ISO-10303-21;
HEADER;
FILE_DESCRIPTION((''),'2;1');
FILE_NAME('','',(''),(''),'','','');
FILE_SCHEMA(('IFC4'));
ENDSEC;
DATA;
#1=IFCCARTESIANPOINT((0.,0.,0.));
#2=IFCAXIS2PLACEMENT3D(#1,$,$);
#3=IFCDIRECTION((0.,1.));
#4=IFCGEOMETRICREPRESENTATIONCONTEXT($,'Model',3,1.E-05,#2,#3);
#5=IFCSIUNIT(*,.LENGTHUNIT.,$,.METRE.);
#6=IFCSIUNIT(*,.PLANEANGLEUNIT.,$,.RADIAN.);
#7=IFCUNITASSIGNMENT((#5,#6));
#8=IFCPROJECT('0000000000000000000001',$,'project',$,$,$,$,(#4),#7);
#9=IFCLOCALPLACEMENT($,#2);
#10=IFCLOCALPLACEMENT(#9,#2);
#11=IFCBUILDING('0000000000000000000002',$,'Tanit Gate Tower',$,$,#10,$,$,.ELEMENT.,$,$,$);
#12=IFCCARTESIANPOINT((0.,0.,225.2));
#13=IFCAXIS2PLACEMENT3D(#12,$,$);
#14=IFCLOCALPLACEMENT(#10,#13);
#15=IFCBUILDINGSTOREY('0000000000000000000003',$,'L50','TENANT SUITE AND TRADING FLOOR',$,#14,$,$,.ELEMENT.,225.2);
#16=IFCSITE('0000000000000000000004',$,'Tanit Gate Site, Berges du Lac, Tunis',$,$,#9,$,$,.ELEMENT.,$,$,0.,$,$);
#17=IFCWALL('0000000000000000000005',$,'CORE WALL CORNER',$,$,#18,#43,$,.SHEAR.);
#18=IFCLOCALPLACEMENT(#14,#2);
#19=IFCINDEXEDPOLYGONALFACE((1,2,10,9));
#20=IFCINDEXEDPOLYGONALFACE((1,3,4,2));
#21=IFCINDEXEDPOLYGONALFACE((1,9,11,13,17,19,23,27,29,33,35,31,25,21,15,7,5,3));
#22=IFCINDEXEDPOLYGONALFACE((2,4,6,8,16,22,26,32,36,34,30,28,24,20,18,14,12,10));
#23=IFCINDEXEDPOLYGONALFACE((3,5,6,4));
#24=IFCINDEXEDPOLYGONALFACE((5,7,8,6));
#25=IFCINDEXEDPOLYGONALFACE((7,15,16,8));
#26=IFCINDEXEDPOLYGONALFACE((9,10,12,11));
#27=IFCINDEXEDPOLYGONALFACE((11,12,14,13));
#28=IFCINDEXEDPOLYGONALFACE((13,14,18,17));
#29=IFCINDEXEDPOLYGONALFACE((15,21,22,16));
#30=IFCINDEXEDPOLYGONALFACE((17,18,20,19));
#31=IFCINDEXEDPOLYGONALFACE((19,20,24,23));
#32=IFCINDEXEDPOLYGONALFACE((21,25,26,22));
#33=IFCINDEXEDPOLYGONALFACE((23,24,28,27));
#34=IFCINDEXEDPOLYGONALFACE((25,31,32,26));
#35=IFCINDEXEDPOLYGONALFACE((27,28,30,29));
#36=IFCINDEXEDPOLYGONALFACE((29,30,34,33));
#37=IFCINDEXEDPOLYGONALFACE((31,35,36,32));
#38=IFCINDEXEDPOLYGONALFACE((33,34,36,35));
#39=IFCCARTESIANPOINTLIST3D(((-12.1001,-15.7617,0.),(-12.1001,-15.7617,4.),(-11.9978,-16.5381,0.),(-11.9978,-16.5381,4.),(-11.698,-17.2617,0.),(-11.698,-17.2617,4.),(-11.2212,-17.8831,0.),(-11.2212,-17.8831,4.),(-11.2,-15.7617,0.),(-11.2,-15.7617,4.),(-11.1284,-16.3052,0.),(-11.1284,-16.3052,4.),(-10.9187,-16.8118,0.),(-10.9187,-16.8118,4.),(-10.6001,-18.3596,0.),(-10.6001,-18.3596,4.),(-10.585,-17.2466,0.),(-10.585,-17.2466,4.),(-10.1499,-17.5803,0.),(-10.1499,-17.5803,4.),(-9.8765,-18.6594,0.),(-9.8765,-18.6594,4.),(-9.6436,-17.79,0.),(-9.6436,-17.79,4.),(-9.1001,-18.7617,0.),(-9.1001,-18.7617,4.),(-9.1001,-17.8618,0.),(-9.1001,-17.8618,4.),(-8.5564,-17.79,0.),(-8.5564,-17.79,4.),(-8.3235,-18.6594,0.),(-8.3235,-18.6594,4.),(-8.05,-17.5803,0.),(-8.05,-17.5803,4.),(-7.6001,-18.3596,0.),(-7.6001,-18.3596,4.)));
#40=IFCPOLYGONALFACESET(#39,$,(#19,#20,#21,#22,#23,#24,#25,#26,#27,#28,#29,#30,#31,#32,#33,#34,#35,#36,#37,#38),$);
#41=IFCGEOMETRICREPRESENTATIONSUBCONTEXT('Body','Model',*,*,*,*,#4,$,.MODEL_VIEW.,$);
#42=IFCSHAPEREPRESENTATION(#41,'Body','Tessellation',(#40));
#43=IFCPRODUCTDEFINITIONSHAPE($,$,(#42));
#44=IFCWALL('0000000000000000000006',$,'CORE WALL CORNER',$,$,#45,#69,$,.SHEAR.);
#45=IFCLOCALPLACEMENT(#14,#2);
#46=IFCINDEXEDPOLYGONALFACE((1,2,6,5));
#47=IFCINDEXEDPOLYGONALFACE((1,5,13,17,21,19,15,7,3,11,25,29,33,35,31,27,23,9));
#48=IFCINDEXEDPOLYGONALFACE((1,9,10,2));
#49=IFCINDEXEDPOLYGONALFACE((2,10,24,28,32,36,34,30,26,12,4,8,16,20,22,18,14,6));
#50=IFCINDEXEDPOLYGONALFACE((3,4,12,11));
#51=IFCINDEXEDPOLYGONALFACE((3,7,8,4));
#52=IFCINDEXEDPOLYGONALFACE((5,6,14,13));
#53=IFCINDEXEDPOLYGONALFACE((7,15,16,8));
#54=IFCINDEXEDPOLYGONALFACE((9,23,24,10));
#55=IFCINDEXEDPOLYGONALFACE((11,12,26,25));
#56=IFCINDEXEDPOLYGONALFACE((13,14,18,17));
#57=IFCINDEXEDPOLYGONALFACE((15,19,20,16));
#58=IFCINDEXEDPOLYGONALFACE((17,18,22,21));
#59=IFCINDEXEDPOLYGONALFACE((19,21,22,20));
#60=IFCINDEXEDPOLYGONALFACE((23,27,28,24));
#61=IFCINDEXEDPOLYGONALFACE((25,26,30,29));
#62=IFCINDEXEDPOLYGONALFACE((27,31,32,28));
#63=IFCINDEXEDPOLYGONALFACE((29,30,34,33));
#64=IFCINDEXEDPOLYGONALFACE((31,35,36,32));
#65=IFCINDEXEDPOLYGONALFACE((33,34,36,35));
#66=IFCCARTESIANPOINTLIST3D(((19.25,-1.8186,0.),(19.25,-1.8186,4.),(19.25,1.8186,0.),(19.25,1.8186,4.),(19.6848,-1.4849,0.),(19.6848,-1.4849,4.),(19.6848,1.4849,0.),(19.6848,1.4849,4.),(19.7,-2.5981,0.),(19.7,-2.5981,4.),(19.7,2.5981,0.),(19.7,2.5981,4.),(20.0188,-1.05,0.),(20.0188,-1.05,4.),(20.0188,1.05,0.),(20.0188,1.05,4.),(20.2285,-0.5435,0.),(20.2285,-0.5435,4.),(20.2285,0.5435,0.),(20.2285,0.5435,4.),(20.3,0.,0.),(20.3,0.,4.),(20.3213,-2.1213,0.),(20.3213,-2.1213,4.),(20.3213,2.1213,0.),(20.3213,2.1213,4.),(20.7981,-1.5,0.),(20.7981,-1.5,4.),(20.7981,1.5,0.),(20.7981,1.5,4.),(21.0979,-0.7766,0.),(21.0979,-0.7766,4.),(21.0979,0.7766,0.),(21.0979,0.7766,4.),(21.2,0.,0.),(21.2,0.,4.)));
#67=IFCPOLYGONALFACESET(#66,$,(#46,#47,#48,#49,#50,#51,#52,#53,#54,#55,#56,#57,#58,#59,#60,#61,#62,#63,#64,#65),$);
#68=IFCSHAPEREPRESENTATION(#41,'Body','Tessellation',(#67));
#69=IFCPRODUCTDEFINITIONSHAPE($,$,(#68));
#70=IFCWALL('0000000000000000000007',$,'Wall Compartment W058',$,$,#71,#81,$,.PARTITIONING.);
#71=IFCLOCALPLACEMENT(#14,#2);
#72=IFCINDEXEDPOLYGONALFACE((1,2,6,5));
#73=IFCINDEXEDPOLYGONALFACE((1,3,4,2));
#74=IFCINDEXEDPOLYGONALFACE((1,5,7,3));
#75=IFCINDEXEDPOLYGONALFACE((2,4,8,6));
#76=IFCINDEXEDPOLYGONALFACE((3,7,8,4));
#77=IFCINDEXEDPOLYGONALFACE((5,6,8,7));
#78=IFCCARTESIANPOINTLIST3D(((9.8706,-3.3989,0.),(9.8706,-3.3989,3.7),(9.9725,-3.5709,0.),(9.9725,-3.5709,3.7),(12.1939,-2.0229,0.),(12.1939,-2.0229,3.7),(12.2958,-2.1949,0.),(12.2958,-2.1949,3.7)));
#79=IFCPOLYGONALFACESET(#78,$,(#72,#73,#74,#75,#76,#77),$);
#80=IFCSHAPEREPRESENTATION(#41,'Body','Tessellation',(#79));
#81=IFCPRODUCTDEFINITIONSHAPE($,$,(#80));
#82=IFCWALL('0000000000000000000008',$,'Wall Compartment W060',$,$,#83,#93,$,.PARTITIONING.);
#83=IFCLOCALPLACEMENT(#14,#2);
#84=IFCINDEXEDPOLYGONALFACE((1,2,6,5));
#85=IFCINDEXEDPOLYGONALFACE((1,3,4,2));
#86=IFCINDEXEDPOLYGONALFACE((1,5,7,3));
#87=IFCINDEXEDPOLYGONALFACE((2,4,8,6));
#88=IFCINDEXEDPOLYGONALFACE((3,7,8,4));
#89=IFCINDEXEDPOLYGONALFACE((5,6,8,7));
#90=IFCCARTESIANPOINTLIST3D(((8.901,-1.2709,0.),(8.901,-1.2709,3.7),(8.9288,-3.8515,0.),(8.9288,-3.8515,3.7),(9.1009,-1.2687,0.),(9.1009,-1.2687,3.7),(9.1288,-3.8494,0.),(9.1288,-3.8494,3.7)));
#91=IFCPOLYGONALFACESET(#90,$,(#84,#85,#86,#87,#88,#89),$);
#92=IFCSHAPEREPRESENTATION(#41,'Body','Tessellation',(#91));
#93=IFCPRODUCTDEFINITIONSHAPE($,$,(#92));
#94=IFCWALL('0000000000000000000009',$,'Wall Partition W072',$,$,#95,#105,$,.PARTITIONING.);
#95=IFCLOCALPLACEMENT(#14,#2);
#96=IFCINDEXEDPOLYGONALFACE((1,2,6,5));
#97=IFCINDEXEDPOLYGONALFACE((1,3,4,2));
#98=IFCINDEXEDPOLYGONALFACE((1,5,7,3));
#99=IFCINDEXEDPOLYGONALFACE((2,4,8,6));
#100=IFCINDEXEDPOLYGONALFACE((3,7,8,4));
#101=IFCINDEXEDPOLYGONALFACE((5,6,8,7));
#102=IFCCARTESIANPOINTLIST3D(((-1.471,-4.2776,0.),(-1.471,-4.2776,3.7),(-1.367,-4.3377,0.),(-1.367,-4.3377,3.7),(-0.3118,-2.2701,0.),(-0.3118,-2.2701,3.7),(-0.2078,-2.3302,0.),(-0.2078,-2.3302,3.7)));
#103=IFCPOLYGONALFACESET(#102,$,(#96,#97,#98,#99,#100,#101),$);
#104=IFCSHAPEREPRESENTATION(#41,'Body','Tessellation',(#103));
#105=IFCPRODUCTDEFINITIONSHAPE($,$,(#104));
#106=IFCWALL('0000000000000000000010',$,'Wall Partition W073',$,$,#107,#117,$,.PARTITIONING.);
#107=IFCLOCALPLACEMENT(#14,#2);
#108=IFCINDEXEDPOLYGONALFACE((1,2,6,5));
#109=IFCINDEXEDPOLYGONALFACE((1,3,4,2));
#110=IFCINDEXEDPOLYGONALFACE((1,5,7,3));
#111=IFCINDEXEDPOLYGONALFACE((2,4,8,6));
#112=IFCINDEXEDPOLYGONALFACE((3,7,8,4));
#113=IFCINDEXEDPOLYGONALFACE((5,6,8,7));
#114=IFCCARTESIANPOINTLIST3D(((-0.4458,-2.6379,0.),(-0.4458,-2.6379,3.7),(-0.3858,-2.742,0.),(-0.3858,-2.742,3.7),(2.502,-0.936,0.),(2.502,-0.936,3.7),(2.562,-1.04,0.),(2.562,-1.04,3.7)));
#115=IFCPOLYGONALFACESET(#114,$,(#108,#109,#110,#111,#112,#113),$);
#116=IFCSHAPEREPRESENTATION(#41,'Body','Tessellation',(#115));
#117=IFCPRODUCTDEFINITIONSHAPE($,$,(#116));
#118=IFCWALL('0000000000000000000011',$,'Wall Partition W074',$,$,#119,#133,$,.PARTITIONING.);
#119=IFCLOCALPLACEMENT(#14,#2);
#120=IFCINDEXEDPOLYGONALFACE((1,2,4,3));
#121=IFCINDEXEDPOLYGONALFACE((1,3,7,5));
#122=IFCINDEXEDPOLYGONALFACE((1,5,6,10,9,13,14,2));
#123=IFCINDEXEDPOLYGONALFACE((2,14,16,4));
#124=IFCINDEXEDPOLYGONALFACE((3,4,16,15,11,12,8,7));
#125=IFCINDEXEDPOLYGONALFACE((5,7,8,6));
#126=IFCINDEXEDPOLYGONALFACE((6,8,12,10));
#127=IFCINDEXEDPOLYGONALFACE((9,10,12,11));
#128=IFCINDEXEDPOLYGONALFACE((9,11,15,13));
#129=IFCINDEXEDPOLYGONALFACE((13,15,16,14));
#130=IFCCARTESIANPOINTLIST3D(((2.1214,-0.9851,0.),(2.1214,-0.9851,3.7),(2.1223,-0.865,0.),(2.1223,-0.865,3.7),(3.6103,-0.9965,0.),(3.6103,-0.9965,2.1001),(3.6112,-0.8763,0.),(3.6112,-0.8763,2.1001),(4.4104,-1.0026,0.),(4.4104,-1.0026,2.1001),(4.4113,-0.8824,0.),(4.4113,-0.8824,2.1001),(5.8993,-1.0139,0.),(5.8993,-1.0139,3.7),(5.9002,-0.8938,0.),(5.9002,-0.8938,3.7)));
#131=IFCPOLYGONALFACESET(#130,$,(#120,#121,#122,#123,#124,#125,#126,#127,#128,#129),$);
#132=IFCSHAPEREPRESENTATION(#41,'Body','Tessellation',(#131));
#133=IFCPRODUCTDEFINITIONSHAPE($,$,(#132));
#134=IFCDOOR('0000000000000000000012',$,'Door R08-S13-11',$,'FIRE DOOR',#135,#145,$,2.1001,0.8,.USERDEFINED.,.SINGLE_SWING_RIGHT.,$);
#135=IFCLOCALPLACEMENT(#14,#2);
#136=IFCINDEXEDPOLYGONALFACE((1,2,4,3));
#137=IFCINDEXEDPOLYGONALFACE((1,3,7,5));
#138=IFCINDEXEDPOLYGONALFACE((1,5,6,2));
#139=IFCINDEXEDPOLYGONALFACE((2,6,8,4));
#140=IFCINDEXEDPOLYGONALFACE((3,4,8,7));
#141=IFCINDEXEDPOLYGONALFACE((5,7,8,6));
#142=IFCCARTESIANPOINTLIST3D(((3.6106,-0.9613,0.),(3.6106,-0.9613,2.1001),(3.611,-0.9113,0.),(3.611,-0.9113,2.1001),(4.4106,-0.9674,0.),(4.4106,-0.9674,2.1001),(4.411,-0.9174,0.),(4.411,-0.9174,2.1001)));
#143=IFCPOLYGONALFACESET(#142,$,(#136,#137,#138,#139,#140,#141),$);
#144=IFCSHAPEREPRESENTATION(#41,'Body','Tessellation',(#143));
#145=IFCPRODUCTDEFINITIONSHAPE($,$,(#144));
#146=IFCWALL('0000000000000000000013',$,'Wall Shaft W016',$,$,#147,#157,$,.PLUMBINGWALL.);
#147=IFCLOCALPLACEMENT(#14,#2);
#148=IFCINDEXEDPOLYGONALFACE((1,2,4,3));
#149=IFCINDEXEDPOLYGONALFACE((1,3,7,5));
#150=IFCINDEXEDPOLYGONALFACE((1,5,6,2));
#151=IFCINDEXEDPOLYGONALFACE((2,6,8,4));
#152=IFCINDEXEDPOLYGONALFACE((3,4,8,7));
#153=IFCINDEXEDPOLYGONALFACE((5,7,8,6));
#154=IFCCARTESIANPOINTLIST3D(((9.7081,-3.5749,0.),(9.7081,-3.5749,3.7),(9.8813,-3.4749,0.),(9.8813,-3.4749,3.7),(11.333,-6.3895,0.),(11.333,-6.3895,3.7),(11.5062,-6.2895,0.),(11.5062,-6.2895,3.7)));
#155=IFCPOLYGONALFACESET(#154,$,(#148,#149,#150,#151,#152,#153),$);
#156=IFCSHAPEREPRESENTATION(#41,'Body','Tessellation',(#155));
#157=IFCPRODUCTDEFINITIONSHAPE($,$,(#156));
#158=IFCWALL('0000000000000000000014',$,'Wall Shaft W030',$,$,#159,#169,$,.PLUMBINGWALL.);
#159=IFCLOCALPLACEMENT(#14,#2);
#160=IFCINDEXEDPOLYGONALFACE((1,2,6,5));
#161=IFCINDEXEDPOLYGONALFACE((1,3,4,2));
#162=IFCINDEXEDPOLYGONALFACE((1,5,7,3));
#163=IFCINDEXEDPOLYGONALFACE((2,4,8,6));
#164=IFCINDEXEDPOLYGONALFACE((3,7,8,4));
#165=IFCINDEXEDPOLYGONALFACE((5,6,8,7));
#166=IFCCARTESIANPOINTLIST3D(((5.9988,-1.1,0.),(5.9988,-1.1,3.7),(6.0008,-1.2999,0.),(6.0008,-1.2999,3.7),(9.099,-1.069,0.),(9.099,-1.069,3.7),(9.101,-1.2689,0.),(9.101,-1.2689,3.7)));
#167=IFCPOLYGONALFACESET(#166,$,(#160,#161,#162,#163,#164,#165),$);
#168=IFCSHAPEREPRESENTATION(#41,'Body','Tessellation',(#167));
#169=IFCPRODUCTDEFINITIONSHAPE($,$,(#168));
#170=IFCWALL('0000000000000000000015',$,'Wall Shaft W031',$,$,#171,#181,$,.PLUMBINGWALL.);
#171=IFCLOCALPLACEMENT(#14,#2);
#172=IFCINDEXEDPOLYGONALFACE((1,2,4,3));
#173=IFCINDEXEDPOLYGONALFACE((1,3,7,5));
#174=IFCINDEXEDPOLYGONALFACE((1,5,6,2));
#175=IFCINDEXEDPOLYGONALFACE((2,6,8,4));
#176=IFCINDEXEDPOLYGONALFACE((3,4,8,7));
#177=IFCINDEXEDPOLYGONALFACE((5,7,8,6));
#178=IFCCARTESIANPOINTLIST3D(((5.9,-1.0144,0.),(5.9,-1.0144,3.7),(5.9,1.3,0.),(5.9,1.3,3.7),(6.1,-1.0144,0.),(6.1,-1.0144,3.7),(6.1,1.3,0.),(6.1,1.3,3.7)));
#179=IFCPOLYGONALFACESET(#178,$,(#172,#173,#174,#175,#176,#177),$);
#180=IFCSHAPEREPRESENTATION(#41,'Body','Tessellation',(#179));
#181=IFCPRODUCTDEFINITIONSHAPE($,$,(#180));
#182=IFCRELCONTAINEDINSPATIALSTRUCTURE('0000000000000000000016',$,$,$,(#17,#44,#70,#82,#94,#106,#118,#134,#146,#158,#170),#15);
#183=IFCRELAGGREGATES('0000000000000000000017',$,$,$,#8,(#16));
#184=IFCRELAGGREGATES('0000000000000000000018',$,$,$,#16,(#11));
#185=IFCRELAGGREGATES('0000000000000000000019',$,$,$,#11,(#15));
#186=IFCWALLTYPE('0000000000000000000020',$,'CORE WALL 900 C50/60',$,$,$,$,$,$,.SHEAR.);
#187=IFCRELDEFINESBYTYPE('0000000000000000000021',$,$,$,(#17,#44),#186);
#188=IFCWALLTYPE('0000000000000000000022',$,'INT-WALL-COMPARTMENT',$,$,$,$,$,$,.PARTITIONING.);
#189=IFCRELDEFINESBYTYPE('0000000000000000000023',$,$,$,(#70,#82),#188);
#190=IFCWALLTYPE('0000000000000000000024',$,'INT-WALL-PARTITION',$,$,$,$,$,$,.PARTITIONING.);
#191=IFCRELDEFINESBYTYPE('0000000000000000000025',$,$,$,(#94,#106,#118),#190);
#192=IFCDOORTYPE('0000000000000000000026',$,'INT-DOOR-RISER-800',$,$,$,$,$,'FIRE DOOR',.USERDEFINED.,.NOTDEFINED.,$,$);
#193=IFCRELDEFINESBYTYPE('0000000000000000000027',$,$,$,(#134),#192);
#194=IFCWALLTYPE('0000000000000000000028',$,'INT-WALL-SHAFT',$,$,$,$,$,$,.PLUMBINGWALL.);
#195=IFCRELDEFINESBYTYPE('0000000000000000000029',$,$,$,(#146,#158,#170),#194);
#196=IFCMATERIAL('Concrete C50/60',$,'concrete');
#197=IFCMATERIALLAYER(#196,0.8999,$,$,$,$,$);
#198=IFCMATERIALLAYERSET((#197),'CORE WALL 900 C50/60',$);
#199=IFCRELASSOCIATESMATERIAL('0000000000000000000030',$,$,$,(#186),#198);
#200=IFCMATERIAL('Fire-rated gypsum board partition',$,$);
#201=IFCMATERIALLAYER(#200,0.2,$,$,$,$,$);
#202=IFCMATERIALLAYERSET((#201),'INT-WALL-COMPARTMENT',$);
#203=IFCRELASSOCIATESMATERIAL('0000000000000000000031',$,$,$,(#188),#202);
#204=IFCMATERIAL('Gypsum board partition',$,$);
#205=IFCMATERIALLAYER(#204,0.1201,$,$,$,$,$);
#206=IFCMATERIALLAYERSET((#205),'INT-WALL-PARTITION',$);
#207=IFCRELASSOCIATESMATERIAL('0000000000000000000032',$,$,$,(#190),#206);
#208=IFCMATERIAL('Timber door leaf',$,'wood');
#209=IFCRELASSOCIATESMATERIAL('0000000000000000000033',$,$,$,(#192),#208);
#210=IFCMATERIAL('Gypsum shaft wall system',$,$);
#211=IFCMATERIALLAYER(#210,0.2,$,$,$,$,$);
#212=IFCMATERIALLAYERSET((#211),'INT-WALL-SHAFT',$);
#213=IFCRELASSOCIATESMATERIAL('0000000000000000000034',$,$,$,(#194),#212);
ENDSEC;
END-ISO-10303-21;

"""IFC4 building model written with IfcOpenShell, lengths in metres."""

from ifc_helpers import new_model, si_unit, direction, frame, frame_2d, origin, place, context, subcontext, project, spatial, polyline, rectangle, outline, extrude, material, layer, layer_set, type_object, element, fill, save


model = new_model("IFC4")

# Units and contexts
model_context = context("Model", 3, precision=1e-05, world=origin(), true_north=direction((0.0, 1.0)))
body_context = subcontext(model_context, "Body", "Model", "MODEL_VIEW")
ifc_project = project(units=[si_unit("LENGTHUNIT", "METRE"), si_unit("PLANEANGLEUNIT", "RADIAN")], contexts=[model_context])

# Site, building, storey
site_placement = place(None, origin())
site = spatial("IfcSite", under=ifc_project, at=site_placement, Name="Tanit Gate Site, Berges du Lac, Tunis", CompositionType="ELEMENT", RefElevation=0.0)
building_placement = place(site_placement, origin())
building = spatial("IfcBuilding", under=site, at=building_placement, Name="Tanit Gate Tower", CompositionType="ELEMENT")
storey_placement = place(building_placement, frame((0.0, 0.0, 225.2)))
storey = spatial("IfcBuildingStorey", under=building, at=storey_placement, Name="L50", Description="TENANT SUITE AND TRADING FLOOR", CompositionType="ELEMENT", Elevation=225.2)

# Walls
ifc_material_1 = material(Name="Concrete C50/60", Category="concrete")
ifc_layer_1 = layer(ifc_material_1, 0.8999)
ifc_layer_set_1 = layer_set([ifc_layer_1], Name="CORE WALL 900 C50/60")
wall_type_1 = type_object("IfcWallType", Name="CORE WALL 900 C50/60", PredefinedType="SHEAR", material=ifc_layer_set_1)
wall_1_placement = place(storey_placement, origin())
element("IfcWall", 1, at=wall_1_placement, inside=storey, type_object=wall_type_1, Name="CORE WALL CORNER", PredefinedType="SHEAR", context=body_context, shape_type="SweptSolid", body=[
    extrude(outline(polyline([(-12.1001, -15.7617), (-11.9978, -16.5381), (-11.698, -17.2617), (-11.2212, -17.8831), (-10.6001, -18.3596), (-9.8765, -18.6594), (-9.1001, -18.7617), (-8.3235, -18.6594), (-7.6001, -18.3596), (-8.05, -17.5803), (-8.5564, -17.79), (-9.1001, -17.8618), (-9.6436, -17.79), (-10.1499, -17.5803), (-10.585, -17.2466), (-10.9187, -16.8118), (-11.1284, -16.3052), (-11.2, -15.7617), (-12.1001, -15.7617)])), origin(), (0.0, 0.0, 1.0), 4.0),
])
wall_2_placement = place(storey_placement, origin())
element("IfcWall", 2, at=wall_2_placement, inside=storey, type_object=wall_type_1, Name="CORE WALL CORNER", PredefinedType="SHEAR", context=body_context, shape_type="SweptSolid", body=[
    extrude(outline(polyline([(19.7, -2.5981), (20.3213, -2.1213), (20.7981, -1.5), (21.0979, -0.7766), (21.2, 0.0), (21.0979, 0.7766), (20.7981, 1.5), (20.3213, 2.1213), (19.7, 2.5981), (19.25, 1.8186), (19.6848, 1.4849), (20.0188, 1.05), (20.2285, 0.5435), (20.3, 0.0), (20.2285, -0.5435), (20.0188, -1.05), (19.6848, -1.4849), (19.25, -1.8186), (19.7, -2.5981)])), origin(), (0.0, 0.0, 1.0), 4.0),
])
ifc_material_2 = material(Name="Fire-rated gypsum board partition")
ifc_layer_2 = layer(ifc_material_2, 0.2)
ifc_layer_set_2 = layer_set([ifc_layer_2], Name="INT-WALL-COMPARTMENT")
wall_type_2 = type_object("IfcWallType", Name="INT-WALL-COMPARTMENT", PredefinedType="PARTITIONING", material=ifc_layer_set_2)
wall_3_placement = place(storey_placement, frame((12.2449, -2.1089, 0.0), z_axis=(0.0, 0.0, 1.0), x_axis=(-0.860415, -0.509594, 0.0)))
element("IfcWall", 3, at=wall_3_placement, inside=storey, type_object=wall_type_2, Name="Wall Compartment W058", PredefinedType="PARTITIONING", context=body_context, shape_type="SweptSolid", body=[
    extrude(rectangle(XDim=2.7002, YDim=0.2, at=frame_2d((1.3501, 0.0))), origin(), (0.0, 0.0, 1.0), 3.7),
])
wall_4_placement = place(storey_placement, frame((9.0288, -3.8506, 0.0), z_axis=(0.0, 0.0, 1.0), x_axis=(-0.010785, 0.999942, 0.0)))
element("IfcWall", 4, at=wall_4_placement, inside=storey, type_object=wall_type_2, Name="Wall Compartment W060", PredefinedType="PARTITIONING", context=body_context, shape_type="SweptSolid", body=[
    extrude(rectangle(XDim=2.5808, YDim=0.2, at=frame_2d((1.2905, 0.0))), origin(), (0.0, 0.0, 1.0), 3.7),
])
ifc_material_3 = material(Name="Gypsum board partition")
ifc_layer_3 = layer(ifc_material_3, 0.1201)
ifc_layer_set_3 = layer_set([ifc_layer_3], Name="INT-WALL-PARTITION")
wall_type_3 = type_object("IfcWallType", Name="INT-WALL-PARTITION", PredefinedType="PARTITIONING", material=ifc_layer_set_3)
wall_5_placement = place(storey_placement, frame((-0.2598, -2.3, 0.0), z_axis=(0.0, 0.0, 1.0), x_axis=(-0.500035, -0.866005, 0.0)))
element("IfcWall", 5, at=wall_5_placement, inside=storey, type_object=wall_type_3, Name="Wall Partition W072", PredefinedType="PARTITIONING", context=body_context, shape_type="SweptSolid", body=[
    extrude(rectangle(XDim=2.3181, YDim=0.1201, at=frame_2d((1.1592, 0.0))), origin(), (0.0, 0.0, 1.0), 3.7),
])
wall_6_placement = place(storey_placement, frame((2.532, -0.988, 0.0), z_axis=(0.0, 0.0, 1.0), x_axis=(-0.866023, -0.500004, 0.0)))
element("IfcWall", 6, at=wall_6_placement, inside=storey, type_object=wall_type_3, Name="Wall Partition W073", PredefinedType="PARTITIONING", context=body_context, shape_type="SweptSolid", body=[
    extrude(rectangle(XDim=3.4038, YDim=0.1201, at=frame_2d((1.7019, 0.0))), origin(), (0.0, 0.0, 1.0), 3.7),
])

# Wall, opening, door
wall_7_placement = place(storey_placement, frame((5.8999, -0.9539, 0.0), z_axis=(0.0, 0.0, 1.0), x_axis=(-0.999971, 0.007625, 0.0)))
wall_7 = element("IfcWall", 7, at=wall_7_placement, inside=storey, type_object=wall_type_3, Name="Wall Partition W074", PredefinedType="PARTITIONING", context=body_context, shape_type="SweptSolid", body=[
    extrude(rectangle(XDim=3.7781, YDim=0.1201, at=frame_2d((1.8892, 0.0))), origin(), (0.0, 0.0, 1.0), 3.7),
])
opening_1_placement = place(wall_7_placement, frame((1.4893, 0.0, 0.0)))
opening_1 = element("IfcOpeningElement", 8, at=opening_1_placement, cuts=wall_7, PredefinedType="OPENING", context=body_context, shape_type="SweptSolid", body=[
    extrude(rectangle(XDim=0.8, YDim=2.1001, at=frame_2d((0.3999, 1.05))), frame((0.0, 0.0701, 0.0), z_axis=(0.0, -1.0, 0.0), x_axis=(1.0, 0.0, 0.0)), (0.0, 0.0, 1.0), 0.1401),
])
ifc_material_4 = material(Name="Timber door leaf", Category="wood")
door_type_1 = type_object("IfcDoorType", Name="INT-DOOR-RISER-800", ElementType="FIRE DOOR", OperationType="NOTDEFINED", PredefinedType="USERDEFINED", material=ifc_material_4)
door_1_placement = place(opening_1_placement, origin())
door_1 = element("IfcDoor", 9, at=door_1_placement, inside=storey, type_object=door_type_1, Name="Door R08-S13-11", ObjectType="FIRE DOOR", OperationType="SINGLE_SWING_RIGHT", OverallHeight=2.1001, OverallWidth=0.8, PredefinedType="USERDEFINED", context=body_context, shape_type="SweptSolid", body=[
    extrude(rectangle(XDim=0.8, YDim=2.1001, at=frame_2d((0.3999, 1.05))), frame((0.0, 0.0249, 0.0), z_axis=(0.0, -1.0, 0.0), x_axis=(1.0, 0.0, 0.0)), (0.0, 0.0, 1.0), 0.05),
])
fill(opening_1, door_1)

# Walls
ifc_material_5 = material(Name="Gypsum shaft wall system")
ifc_layer_4 = layer(ifc_material_5, 0.2)
ifc_layer_set_4 = layer_set([ifc_layer_4], Name="INT-WALL-SHAFT")
wall_type_4 = type_object("IfcWallType", Name="INT-WALL-SHAFT", PredefinedType="PLUMBINGWALL", material=ifc_layer_set_4)
wall_8_placement = place(storey_placement, frame((9.7947, -3.5249, 0.0), z_axis=(0.0, 0.0, 1.0), x_axis=(0.499985, -0.866034, 0.0)))
element("IfcWall", 10, at=wall_8_placement, inside=storey, type_object=wall_type_4, Name="Wall Shaft W016", PredefinedType="PLUMBINGWALL", context=body_context, shape_type="SweptSolid", body=[
    extrude(rectangle(XDim=3.25, YDim=0.2, at=frame_2d((1.625, 0.0))), origin(), (0.0, 0.0, 1.0), 3.7),
])
wall_9_placement = place(storey_placement, frame((9.1001, -1.1689, 0.0), z_axis=(0.0, 0.0, 1.0), x_axis=(-0.99995, -0.010001, 0.0)))
element("IfcWall", 11, at=wall_9_placement, inside=storey, type_object=wall_type_4, Name="Wall Shaft W030", PredefinedType="PLUMBINGWALL", context=body_context, shape_type="SweptSolid", body=[
    extrude(rectangle(XDim=3.1003, YDim=0.2, at=frame_2d((1.5503, 0.0))), origin(), (0.0, 0.0, 1.0), 3.7),
])
wall_10_placement = place(storey_placement, frame((6.0, -1.0144, 0.0), z_axis=(0.0, 0.0, 1.0), x_axis=(0.0, 1.0, 0.0)))
element("IfcWall", 12, at=wall_10_placement, inside=storey, type_object=wall_type_4, Name="Wall Shaft W031", PredefinedType="PLUMBINGWALL", context=body_context, shape_type="SweptSolid", body=[
    extrude(rectangle(XDim=2.3145, YDim=0.2, at=frame_2d((1.1572, 0.0))), origin(), (0.0, 0.0, 1.0), 3.7),
])

save(model, "model.ifc")
